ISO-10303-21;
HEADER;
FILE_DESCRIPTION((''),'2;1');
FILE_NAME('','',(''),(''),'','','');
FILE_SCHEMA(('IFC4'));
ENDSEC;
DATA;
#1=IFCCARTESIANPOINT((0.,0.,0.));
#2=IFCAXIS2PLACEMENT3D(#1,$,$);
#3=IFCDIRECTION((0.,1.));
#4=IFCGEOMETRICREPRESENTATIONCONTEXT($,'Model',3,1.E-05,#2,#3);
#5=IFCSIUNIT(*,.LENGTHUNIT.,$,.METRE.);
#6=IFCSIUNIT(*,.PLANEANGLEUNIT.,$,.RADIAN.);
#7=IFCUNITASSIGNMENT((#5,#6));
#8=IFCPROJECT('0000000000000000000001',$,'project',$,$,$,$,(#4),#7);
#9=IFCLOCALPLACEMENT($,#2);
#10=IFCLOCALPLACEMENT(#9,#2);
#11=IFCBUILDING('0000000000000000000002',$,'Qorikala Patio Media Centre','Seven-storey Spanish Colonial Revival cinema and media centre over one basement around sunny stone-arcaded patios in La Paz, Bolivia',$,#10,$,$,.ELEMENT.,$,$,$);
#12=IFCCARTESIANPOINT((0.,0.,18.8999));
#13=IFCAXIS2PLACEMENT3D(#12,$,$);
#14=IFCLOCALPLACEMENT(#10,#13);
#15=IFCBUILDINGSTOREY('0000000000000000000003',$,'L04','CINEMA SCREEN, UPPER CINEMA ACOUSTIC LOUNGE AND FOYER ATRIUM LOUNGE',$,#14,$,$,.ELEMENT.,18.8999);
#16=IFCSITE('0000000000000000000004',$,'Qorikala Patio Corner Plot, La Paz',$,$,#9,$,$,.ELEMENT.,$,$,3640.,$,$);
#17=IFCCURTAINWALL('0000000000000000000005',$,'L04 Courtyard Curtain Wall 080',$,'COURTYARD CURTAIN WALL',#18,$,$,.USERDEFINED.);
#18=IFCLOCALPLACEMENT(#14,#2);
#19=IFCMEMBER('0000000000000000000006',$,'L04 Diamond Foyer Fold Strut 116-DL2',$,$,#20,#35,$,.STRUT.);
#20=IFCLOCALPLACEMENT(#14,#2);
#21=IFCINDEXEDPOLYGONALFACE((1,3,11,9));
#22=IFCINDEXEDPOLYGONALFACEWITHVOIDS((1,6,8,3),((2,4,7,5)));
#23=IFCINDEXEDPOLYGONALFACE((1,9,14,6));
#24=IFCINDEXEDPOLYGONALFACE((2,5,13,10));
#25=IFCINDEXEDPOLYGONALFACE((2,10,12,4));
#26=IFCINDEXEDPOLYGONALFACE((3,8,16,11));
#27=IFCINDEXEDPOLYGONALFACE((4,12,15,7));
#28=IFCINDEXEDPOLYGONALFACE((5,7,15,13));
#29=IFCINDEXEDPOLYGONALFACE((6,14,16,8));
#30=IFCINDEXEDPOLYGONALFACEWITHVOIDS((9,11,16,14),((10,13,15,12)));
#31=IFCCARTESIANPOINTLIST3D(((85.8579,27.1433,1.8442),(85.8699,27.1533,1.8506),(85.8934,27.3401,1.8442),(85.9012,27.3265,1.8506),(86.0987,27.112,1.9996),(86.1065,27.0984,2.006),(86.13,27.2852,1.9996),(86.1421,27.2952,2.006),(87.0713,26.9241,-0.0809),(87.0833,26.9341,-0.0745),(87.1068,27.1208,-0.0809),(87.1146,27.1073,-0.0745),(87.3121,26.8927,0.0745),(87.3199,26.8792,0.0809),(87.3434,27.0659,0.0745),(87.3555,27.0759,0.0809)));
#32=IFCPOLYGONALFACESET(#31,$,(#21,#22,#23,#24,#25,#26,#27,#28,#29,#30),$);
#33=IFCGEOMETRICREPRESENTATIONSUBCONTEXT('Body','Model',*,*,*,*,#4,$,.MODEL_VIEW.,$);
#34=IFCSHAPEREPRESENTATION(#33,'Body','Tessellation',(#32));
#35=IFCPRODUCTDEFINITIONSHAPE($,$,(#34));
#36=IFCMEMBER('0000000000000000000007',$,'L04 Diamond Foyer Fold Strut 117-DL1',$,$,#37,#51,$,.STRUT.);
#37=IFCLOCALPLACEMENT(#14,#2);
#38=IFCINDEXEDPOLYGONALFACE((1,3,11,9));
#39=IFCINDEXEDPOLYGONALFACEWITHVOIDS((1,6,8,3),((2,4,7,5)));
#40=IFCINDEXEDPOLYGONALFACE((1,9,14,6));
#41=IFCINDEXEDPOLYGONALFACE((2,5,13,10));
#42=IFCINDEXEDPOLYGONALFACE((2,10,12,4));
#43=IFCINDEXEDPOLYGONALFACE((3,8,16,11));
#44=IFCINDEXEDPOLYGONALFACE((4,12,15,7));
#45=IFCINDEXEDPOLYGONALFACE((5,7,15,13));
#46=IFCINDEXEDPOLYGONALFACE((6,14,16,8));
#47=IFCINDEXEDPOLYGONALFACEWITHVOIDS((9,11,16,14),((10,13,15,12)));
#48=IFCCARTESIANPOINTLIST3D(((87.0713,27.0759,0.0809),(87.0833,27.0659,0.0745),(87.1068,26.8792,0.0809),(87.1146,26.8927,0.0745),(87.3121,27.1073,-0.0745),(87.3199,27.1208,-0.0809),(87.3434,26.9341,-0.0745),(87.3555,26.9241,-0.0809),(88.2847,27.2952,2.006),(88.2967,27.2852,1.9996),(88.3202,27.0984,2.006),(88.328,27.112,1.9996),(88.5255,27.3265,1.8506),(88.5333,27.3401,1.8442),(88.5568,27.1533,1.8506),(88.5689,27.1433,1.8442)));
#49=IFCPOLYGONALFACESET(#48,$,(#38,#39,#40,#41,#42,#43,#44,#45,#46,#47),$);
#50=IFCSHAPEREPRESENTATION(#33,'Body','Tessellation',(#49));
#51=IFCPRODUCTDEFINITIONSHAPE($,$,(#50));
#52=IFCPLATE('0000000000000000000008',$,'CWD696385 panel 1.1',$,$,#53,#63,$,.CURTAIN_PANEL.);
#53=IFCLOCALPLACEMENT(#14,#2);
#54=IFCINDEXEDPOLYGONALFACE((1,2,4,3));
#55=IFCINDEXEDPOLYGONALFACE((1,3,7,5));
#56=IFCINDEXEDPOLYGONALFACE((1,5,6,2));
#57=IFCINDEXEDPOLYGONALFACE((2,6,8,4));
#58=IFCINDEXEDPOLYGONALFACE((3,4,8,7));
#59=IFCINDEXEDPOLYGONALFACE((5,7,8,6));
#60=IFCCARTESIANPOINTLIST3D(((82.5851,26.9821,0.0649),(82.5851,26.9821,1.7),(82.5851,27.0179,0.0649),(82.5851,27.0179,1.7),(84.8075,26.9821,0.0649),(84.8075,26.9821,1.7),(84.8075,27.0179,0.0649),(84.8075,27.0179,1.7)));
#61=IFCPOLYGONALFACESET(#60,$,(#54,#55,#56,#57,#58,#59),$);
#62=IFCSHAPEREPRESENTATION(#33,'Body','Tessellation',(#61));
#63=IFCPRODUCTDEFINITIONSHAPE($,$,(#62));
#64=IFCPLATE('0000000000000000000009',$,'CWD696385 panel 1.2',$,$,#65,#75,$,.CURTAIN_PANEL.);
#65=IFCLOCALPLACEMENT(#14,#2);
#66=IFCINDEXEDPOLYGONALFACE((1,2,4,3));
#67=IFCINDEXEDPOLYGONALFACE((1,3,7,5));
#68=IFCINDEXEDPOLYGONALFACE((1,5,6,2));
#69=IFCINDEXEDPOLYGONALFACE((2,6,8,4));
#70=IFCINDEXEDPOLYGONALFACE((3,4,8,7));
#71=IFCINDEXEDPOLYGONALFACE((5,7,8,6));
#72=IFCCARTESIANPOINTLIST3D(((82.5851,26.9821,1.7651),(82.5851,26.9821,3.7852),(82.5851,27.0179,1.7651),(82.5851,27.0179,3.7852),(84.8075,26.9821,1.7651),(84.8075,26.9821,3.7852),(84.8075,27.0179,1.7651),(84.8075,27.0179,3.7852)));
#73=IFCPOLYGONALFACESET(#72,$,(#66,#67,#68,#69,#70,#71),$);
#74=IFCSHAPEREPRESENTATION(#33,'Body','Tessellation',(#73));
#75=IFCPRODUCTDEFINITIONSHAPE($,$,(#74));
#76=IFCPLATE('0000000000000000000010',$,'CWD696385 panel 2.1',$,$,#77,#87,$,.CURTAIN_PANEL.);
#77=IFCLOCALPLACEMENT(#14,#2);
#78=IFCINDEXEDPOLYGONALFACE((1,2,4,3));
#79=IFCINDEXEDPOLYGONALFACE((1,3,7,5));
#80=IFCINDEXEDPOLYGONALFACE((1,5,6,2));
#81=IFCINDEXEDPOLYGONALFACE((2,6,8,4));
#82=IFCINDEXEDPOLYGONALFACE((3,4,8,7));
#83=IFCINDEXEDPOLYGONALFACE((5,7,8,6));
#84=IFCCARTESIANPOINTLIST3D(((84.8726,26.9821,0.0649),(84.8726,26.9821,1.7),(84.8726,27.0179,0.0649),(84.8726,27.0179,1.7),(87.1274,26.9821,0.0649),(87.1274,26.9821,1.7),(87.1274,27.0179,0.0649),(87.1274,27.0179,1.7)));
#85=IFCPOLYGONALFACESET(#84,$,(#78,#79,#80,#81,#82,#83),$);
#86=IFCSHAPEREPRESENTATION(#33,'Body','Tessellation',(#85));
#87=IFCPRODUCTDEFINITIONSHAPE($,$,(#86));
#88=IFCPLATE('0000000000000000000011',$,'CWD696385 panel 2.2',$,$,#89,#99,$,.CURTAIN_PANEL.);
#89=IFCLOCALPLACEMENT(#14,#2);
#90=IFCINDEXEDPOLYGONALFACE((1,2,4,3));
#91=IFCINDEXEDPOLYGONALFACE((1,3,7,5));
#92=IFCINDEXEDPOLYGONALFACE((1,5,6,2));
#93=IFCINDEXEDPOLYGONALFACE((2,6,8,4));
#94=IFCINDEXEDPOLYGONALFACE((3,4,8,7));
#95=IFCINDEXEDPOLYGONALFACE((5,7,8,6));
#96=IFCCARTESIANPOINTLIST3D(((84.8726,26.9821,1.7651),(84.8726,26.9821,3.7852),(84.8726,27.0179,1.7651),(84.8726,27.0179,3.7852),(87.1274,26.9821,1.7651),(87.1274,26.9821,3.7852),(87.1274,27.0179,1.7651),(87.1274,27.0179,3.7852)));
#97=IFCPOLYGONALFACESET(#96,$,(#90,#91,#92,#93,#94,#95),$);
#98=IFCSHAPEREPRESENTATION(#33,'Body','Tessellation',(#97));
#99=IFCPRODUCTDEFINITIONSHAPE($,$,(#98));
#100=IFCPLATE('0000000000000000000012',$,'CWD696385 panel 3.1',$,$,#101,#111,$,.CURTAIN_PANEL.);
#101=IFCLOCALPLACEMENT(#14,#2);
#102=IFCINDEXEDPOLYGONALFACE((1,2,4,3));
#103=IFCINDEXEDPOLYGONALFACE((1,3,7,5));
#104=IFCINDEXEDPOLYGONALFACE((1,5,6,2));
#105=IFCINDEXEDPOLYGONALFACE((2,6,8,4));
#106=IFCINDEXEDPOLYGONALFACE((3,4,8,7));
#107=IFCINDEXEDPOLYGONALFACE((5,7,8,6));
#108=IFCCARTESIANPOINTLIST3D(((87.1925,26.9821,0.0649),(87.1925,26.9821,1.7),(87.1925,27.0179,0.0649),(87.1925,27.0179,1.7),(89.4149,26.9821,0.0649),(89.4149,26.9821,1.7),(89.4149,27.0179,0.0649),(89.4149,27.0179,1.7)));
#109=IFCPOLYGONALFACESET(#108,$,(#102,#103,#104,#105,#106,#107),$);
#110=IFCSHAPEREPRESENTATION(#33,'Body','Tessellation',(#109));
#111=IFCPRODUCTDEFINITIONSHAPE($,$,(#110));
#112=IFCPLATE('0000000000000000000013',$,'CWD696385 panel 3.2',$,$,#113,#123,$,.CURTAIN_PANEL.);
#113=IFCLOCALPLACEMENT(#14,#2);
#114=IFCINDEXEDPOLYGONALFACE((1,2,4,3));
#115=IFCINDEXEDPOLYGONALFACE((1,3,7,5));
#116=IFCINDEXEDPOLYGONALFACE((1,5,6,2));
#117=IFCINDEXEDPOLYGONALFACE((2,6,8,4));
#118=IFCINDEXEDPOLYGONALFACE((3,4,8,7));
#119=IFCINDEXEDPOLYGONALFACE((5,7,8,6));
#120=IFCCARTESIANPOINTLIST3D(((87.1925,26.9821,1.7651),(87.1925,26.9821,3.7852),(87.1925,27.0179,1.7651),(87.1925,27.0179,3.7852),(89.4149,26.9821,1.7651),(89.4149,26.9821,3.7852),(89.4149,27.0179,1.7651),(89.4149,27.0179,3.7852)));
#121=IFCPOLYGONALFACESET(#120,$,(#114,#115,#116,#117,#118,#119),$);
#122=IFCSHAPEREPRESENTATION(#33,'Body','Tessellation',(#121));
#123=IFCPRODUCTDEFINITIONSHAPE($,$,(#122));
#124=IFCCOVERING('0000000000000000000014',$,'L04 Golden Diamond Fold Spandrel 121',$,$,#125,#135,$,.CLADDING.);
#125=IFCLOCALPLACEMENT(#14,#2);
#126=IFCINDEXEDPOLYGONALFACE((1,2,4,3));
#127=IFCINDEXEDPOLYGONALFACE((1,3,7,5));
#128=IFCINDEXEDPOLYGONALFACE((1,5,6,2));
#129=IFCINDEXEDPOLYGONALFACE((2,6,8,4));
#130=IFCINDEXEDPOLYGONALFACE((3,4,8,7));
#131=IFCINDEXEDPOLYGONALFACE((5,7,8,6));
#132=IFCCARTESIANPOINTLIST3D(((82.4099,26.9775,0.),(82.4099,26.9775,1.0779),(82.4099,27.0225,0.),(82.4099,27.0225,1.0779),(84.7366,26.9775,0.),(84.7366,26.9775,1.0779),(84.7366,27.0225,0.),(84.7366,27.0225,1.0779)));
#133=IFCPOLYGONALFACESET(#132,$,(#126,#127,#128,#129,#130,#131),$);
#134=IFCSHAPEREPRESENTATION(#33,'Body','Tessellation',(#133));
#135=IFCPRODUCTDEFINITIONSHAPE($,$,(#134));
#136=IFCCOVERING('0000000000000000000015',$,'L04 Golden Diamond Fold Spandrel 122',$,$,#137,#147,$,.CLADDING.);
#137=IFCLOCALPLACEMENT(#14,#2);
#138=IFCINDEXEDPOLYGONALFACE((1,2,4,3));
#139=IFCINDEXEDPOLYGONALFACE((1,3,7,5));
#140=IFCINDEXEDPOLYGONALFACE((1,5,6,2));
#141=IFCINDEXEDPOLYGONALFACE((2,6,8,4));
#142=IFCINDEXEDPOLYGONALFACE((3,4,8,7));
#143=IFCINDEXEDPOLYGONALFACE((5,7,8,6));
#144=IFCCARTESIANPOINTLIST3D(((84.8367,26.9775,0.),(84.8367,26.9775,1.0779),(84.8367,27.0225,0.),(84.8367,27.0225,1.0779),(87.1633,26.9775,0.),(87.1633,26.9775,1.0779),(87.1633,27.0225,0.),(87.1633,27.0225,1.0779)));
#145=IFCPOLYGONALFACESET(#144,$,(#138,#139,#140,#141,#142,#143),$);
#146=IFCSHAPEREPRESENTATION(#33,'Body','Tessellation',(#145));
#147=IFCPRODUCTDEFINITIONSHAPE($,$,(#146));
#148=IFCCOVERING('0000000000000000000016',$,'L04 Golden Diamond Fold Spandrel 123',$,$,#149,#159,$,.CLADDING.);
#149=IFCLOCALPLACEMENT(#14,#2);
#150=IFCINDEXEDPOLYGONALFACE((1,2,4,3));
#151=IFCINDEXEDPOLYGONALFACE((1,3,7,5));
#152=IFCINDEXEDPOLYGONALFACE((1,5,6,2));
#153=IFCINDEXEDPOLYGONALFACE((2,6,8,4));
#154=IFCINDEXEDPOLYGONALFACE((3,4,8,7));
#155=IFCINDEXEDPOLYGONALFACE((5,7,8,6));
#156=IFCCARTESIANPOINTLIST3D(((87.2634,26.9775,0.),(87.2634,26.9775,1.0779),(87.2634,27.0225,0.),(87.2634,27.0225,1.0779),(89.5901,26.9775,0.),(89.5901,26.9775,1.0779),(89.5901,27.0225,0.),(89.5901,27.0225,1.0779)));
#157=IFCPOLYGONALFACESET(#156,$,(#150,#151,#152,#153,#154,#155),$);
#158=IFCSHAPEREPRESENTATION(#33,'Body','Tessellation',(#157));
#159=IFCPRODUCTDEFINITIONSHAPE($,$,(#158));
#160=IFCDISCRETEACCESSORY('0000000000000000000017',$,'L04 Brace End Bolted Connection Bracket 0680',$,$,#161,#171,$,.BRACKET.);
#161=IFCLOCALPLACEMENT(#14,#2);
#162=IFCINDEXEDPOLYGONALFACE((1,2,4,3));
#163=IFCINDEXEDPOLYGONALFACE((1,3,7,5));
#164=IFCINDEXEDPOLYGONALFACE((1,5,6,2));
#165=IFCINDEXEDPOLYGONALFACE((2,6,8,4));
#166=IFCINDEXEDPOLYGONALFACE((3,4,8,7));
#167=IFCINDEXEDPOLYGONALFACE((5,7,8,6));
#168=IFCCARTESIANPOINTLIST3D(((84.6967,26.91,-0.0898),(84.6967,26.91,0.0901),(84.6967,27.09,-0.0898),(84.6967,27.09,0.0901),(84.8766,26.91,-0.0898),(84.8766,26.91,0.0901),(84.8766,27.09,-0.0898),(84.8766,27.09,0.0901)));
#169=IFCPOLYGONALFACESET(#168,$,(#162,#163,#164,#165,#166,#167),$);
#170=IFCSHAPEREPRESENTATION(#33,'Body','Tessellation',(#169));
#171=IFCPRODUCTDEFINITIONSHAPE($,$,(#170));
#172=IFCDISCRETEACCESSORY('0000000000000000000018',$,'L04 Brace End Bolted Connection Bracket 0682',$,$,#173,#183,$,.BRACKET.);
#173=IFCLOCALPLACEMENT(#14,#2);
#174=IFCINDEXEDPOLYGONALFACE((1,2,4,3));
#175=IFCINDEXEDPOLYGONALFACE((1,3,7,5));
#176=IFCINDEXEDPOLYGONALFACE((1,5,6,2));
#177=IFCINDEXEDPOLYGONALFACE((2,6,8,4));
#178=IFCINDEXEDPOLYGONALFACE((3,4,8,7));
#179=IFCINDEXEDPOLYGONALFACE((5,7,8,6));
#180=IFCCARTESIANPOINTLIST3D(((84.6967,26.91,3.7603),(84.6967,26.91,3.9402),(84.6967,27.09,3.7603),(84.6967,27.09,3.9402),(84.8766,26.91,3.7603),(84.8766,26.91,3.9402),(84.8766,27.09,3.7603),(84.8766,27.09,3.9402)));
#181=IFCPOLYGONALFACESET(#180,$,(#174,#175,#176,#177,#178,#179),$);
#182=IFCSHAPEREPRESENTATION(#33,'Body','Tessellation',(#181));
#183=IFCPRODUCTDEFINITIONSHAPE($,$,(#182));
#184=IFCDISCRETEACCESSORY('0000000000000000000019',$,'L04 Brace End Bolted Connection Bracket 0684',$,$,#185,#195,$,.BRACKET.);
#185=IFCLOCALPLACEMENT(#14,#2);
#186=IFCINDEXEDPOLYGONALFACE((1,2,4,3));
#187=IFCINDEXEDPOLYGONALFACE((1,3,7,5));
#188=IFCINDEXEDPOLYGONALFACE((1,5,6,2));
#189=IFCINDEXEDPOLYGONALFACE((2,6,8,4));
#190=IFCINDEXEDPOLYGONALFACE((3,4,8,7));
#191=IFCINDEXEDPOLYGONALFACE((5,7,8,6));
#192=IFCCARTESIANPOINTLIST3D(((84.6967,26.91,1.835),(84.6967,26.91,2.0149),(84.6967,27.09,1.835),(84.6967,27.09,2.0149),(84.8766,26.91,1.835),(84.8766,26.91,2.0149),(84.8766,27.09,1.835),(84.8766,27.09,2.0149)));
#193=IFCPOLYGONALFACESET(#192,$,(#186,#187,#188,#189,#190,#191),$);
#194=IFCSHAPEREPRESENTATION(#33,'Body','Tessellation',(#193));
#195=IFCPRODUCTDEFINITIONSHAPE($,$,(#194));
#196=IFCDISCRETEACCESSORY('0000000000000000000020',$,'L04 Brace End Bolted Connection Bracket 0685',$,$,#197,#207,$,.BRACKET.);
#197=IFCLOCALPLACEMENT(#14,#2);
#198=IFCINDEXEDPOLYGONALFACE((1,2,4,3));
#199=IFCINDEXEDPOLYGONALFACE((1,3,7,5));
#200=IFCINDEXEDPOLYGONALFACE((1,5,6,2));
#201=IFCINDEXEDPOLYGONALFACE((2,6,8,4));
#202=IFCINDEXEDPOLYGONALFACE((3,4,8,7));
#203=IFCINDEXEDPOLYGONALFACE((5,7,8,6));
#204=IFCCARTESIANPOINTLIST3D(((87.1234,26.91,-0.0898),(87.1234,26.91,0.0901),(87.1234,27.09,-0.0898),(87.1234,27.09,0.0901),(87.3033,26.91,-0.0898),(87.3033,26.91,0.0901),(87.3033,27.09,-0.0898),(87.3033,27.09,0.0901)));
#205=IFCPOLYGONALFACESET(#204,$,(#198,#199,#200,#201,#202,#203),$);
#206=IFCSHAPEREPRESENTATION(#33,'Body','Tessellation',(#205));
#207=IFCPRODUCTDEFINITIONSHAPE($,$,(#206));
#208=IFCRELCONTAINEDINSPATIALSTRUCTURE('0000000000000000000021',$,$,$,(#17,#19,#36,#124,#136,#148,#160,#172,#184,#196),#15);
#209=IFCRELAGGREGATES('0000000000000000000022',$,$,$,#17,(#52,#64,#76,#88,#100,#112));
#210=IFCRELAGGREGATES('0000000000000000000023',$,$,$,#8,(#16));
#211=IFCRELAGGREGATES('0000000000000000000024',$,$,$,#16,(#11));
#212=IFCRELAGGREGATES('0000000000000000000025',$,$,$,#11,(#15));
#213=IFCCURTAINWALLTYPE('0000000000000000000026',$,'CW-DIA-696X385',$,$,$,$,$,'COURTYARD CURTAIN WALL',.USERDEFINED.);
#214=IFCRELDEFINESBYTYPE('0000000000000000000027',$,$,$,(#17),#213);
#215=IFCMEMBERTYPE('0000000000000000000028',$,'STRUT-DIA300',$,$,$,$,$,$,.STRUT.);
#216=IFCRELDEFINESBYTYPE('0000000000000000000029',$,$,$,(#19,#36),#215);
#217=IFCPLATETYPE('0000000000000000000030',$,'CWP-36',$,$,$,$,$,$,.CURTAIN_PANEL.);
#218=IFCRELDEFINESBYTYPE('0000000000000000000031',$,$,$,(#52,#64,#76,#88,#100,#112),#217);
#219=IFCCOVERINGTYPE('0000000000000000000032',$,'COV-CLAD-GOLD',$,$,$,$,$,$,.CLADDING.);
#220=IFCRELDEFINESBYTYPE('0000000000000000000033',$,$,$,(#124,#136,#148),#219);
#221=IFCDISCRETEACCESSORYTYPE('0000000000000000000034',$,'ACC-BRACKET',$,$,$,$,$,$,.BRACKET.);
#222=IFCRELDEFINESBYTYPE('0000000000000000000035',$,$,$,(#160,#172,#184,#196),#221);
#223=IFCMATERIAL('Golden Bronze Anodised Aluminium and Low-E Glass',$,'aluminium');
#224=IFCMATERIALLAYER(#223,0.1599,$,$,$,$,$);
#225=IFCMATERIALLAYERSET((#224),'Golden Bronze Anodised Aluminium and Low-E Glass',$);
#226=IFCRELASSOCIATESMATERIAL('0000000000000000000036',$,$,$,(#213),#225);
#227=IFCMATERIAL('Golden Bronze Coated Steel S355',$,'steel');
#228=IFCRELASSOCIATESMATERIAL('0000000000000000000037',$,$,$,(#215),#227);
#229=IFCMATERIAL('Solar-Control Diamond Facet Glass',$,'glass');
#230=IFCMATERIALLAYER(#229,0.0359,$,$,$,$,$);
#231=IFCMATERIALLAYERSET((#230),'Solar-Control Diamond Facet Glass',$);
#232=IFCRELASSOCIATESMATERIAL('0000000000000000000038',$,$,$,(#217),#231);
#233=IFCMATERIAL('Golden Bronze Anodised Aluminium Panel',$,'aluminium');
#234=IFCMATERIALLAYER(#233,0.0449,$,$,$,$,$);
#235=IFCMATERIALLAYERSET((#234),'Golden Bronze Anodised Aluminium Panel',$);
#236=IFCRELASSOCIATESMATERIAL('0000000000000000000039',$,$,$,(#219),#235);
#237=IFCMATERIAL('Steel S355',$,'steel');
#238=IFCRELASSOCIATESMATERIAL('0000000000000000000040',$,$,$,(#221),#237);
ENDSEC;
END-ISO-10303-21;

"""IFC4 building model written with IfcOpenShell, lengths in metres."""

from ifc_helpers import new_model, si_unit, direction, frame, origin, origin_2d, place, context, subcontext, project, spatial, rectangle, hollow_rectangle, extrude, material, layer, layer_set, material_profile, profile_set, type_object, element, aggregate, save


model = new_model("IFC4")

# Units and contexts
model_context = context("Model", 3, precision=1e-05, world=origin(), true_north=direction((0.0, 1.0)))
body_context = subcontext(model_context, "Body", "Model", "MODEL_VIEW")
ifc_project = project(units=[si_unit("LENGTHUNIT", "METRE"), si_unit("PLANEANGLEUNIT", "RADIAN")], contexts=[model_context])

# Site, building, storey
site_placement = place(None, origin())
site = spatial("IfcSite", under=ifc_project, at=site_placement, Name="Qorikala Patio Corner Plot, La Paz", CompositionType="ELEMENT", RefElevation=3640.0)
building_placement = place(site_placement, origin())
building = spatial("IfcBuilding", under=site, at=building_placement, Name="Qorikala Patio Media Centre", Description="Seven-storey Spanish Colonial Revival cinema and media centre over one basement around sunny stone-arcaded patios in La Paz, Bolivia", CompositionType="ELEMENT")
storey_placement = place(building_placement, frame((0.0, 0.0, 18.8999)))
storey = spatial("IfcBuildingStorey", under=building, at=storey_placement, Name="L04", Description="CINEMA SCREEN, UPPER CINEMA ACOUSTIC LOUNGE AND FOYER ATRIUM LOUNGE", CompositionType="ELEMENT", Elevation=18.8999)

# Shared definitions
ifc_material_1 = material(Name="Golden Bronze Coated Steel S355", Category="steel")

# Curtain wall
ifc_material_2 = material(Name="Golden Bronze Anodised Aluminium and Low-E Glass", Category="aluminium")
ifc_layer_1 = layer(ifc_material_2, 0.1599)
ifc_layer_set_1 = layer_set([ifc_layer_1], Name="Golden Bronze Anodised Aluminium and Low-E Glass")
curtain_wall_type = type_object("IfcCurtainWallType", Name="CW-DIA-696X385", ElementType="COURTYARD CURTAIN WALL", PredefinedType="USERDEFINED", material=ifc_layer_set_1)
curtain_wall_placement = place(storey_placement, origin())
curtain_wall = element("IfcCurtainWall", 1, at=curtain_wall_placement, inside=storey, type_object=curtain_wall_type, Name="L04 Courtyard Curtain Wall 080", ObjectType="COURTYARD CURTAIN WALL", PredefinedType="USERDEFINED")

# Members
ifc_material_profile_1 = material_profile(ifc_material_1, hollow_rectangle(XDim=0.2, YDim=0.3, WallThickness=0.012, at=origin_2d()), Name="HSS300X200X12")
ifc_profile_set_1 = profile_set([ifc_material_profile_1], Name="Golden Bronze Coated Steel S355")
member_type_1 = type_object("IfcMemberType", Name="STRUT-DIA300", PredefinedType="STRUT", material=ifc_profile_set_1)
for number, where, z_axis, x_axis, name in (
    (2, (87.2134, 27.0, 0.0), (-0.530768, 0.095901, 0.842074), (-0.177805, -0.984066, 0.0), "L04 Diamond Foyer Fold Strut 116-DL2"),
    (3, (87.2134, 27.0, 0.0), (0.530768, 0.095901, 0.842074), (-0.177805, 0.984066, 0.0), "L04 Diamond Foyer Fold Strut 117-DL1"),
):
    element("IfcMember", number, at=place(storey_placement, frame(where, z_axis=z_axis, x_axis=x_axis)), inside=storey, type_object=member_type_1, Name=name, PredefinedType="STRUT", context=body_context, shape_type="SweptSolid", body=[
        extrude(hollow_rectangle(XDim=0.2, YDim=0.3, WallThickness=0.012, at=origin_2d()), origin(), (0.0, 0.0, 1.0), 2.2861),
    ])

# Plates
ifc_material_3 = material(Name="Solar-Control Diamond Facet Glass", Category="glass")
ifc_layer_2 = layer(ifc_material_3, 0.0359)
ifc_layer_set_2 = layer_set([ifc_layer_2], Name="Solar-Control Diamond Facet Glass")
plate_type = type_object("IfcPlateType", Name="CWP-36", PredefinedType="CURTAIN_PANEL", material=ifc_layer_set_2)
plate_1_placement = place(storey_placement, frame((83.6963, 27.0, 0.0649), z_axis=(0.0, 0.0, 1.0), x_axis=(1.0, 0.0, 0.0)))
plate_1 = element("IfcPlate", 4, at=plate_1_placement, type_object=plate_type, Name="CWD696385 panel 1.1", PredefinedType="CURTAIN_PANEL", context=body_context, shape_type="SweptSolid", body=[
    extrude(rectangle(XDim=2.2224, YDim=0.0359, at=origin_2d()), origin(), (0.0, 0.0, 1.0), 1.635),
])
plate_2_placement = place(storey_placement, frame((83.6963, 27.0, 1.7651), z_axis=(0.0, 0.0, 1.0), x_axis=(1.0, 0.0, 0.0)))
plate_2 = element("IfcPlate", 5, at=plate_2_placement, type_object=plate_type, Name="CWD696385 panel 1.2", PredefinedType="CURTAIN_PANEL", context=body_context, shape_type="SweptSolid", body=[
    extrude(rectangle(XDim=2.2224, YDim=0.0359, at=origin_2d()), origin(), (0.0, 0.0, 1.0), 2.02),
])
plate_3_placement = place(storey_placement, frame((86.0, 27.0, 0.0649), z_axis=(0.0, 0.0, 1.0), x_axis=(1.0, 0.0, 0.0)))
plate_3 = element("IfcPlate", 6, at=plate_3_placement, type_object=plate_type, Name="CWD696385 panel 2.1", PredefinedType="CURTAIN_PANEL", context=body_context, shape_type="SweptSolid", body=[
    extrude(rectangle(XDim=2.2549, YDim=0.0359, at=origin_2d()), origin(), (0.0, 0.0, 1.0), 1.635),
])
plate_4_placement = place(storey_placement, frame((86.0, 27.0, 1.7651), z_axis=(0.0, 0.0, 1.0), x_axis=(1.0, 0.0, 0.0)))
plate_4 = element("IfcPlate", 7, at=plate_4_placement, type_object=plate_type, Name="CWD696385 panel 2.2", PredefinedType="CURTAIN_PANEL", context=body_context, shape_type="SweptSolid", body=[
    extrude(rectangle(XDim=2.2549, YDim=0.0359, at=origin_2d()), origin(), (0.0, 0.0, 1.0), 2.02),
])
plate_5_placement = place(storey_placement, frame((88.3037, 27.0, 0.0649), z_axis=(0.0, 0.0, 1.0), x_axis=(1.0, 0.0, 0.0)))
plate_5 = element("IfcPlate", 8, at=plate_5_placement, type_object=plate_type, Name="CWD696385 panel 3.1", PredefinedType="CURTAIN_PANEL", context=body_context, shape_type="SweptSolid", body=[
    extrude(rectangle(XDim=2.2224, YDim=0.0359, at=origin_2d()), origin(), (0.0, 0.0, 1.0), 1.635),
])
plate_6_placement = place(storey_placement, frame((88.3037, 27.0, 1.7651), z_axis=(0.0, 0.0, 1.0), x_axis=(1.0, 0.0, 0.0)))
plate_6 = element("IfcPlate", 9, at=plate_6_placement, type_object=plate_type, Name="CWD696385 panel 3.2", PredefinedType="CURTAIN_PANEL", context=body_context, shape_type="SweptSolid", body=[
    extrude(rectangle(XDim=2.2224, YDim=0.0359, at=origin_2d()), origin(), (0.0, 0.0, 1.0), 2.02),
])
aggregate(curtain_wall, [plate_1, plate_2, plate_3, plate_4, plate_5, plate_6])

# Coverings
ifc_material_4 = material(Name="Golden Bronze Anodised Aluminium Panel", Category="aluminium")
ifc_layer_3 = layer(ifc_material_4, 0.0449)
ifc_layer_set_3 = layer_set([ifc_layer_3], Name="Golden Bronze Anodised Aluminium Panel")
covering_type = type_object("IfcCoveringType", Name="COV-CLAD-GOLD", PredefinedType="CLADDING", material=ifc_layer_set_3)
for number, where, z_axis, x_axis, name in (
    (10, (83.5732, 27.0, 0.0), (0.0, 0.0, 1.0), (1.0, 0.0, 0.0), "L04 Golden Diamond Fold Spandrel 121"),
    (11, (86.0, 27.0, 0.0), (0.0, 0.0, 1.0), (1.0, 0.0, 0.0), "L04 Golden Diamond Fold Spandrel 122"),
    (12, (88.4268, 27.0, 0.0), (0.0, 0.0, 1.0), (1.0, 0.0, 0.0), "L04 Golden Diamond Fold Spandrel 123"),
):
    element("IfcCovering", number, at=place(storey_placement, frame(where, z_axis=z_axis, x_axis=x_axis)), inside=storey, type_object=covering_type, Name=name, PredefinedType="CLADDING", context=body_context, shape_type="SweptSolid", body=[
        extrude(rectangle(XDim=2.3267, YDim=0.0449, at=origin_2d()), origin(), (0.0, 0.0, 1.0), 1.0779),
    ])

# Discrete accessories
ifc_material_5 = material(Name="Steel S355", Category="steel")
discrete_accessory_type = type_object("IfcDiscreteAccessoryType", Name="ACC-BRACKET", PredefinedType="BRACKET", material=ifc_material_5)
for number, where, z_axis, x_axis, name in (
    (13, (84.7866, 27.0, -0.0898), (0.0, 0.0, 1.0), (1.0, 0.0, 0.0), "L04 Brace End Bolted Connection Bracket 0680"),
    (14, (84.7866, 27.0, 3.7603), (0.0, 0.0, 1.0), (1.0, 0.0, 0.0), "L04 Brace End Bolted Connection Bracket 0682"),
    (15, (84.7866, 27.0, 1.835), (0.0, 0.0, 1.0), (1.0, 0.0, 0.0), "L04 Brace End Bolted Connection Bracket 0684"),
    (16, (87.2134, 27.0, -0.0898), (0.0, 0.0, 1.0), (1.0, 0.0, 0.0), "L04 Brace End Bolted Connection Bracket 0685"),
):
    element("IfcDiscreteAccessory", number, at=place(storey_placement, frame(where, z_axis=z_axis, x_axis=x_axis)), inside=storey, type_object=discrete_accessory_type, Name=name, PredefinedType="BRACKET", context=body_context, shape_type="SweptSolid", body=[
        extrude(rectangle(XDim=0.1799, YDim=0.1799, at=origin_2d()), origin(), (0.0, 0.0, 1.0), 0.1799),
    ])

save(model, "model.ifc")
